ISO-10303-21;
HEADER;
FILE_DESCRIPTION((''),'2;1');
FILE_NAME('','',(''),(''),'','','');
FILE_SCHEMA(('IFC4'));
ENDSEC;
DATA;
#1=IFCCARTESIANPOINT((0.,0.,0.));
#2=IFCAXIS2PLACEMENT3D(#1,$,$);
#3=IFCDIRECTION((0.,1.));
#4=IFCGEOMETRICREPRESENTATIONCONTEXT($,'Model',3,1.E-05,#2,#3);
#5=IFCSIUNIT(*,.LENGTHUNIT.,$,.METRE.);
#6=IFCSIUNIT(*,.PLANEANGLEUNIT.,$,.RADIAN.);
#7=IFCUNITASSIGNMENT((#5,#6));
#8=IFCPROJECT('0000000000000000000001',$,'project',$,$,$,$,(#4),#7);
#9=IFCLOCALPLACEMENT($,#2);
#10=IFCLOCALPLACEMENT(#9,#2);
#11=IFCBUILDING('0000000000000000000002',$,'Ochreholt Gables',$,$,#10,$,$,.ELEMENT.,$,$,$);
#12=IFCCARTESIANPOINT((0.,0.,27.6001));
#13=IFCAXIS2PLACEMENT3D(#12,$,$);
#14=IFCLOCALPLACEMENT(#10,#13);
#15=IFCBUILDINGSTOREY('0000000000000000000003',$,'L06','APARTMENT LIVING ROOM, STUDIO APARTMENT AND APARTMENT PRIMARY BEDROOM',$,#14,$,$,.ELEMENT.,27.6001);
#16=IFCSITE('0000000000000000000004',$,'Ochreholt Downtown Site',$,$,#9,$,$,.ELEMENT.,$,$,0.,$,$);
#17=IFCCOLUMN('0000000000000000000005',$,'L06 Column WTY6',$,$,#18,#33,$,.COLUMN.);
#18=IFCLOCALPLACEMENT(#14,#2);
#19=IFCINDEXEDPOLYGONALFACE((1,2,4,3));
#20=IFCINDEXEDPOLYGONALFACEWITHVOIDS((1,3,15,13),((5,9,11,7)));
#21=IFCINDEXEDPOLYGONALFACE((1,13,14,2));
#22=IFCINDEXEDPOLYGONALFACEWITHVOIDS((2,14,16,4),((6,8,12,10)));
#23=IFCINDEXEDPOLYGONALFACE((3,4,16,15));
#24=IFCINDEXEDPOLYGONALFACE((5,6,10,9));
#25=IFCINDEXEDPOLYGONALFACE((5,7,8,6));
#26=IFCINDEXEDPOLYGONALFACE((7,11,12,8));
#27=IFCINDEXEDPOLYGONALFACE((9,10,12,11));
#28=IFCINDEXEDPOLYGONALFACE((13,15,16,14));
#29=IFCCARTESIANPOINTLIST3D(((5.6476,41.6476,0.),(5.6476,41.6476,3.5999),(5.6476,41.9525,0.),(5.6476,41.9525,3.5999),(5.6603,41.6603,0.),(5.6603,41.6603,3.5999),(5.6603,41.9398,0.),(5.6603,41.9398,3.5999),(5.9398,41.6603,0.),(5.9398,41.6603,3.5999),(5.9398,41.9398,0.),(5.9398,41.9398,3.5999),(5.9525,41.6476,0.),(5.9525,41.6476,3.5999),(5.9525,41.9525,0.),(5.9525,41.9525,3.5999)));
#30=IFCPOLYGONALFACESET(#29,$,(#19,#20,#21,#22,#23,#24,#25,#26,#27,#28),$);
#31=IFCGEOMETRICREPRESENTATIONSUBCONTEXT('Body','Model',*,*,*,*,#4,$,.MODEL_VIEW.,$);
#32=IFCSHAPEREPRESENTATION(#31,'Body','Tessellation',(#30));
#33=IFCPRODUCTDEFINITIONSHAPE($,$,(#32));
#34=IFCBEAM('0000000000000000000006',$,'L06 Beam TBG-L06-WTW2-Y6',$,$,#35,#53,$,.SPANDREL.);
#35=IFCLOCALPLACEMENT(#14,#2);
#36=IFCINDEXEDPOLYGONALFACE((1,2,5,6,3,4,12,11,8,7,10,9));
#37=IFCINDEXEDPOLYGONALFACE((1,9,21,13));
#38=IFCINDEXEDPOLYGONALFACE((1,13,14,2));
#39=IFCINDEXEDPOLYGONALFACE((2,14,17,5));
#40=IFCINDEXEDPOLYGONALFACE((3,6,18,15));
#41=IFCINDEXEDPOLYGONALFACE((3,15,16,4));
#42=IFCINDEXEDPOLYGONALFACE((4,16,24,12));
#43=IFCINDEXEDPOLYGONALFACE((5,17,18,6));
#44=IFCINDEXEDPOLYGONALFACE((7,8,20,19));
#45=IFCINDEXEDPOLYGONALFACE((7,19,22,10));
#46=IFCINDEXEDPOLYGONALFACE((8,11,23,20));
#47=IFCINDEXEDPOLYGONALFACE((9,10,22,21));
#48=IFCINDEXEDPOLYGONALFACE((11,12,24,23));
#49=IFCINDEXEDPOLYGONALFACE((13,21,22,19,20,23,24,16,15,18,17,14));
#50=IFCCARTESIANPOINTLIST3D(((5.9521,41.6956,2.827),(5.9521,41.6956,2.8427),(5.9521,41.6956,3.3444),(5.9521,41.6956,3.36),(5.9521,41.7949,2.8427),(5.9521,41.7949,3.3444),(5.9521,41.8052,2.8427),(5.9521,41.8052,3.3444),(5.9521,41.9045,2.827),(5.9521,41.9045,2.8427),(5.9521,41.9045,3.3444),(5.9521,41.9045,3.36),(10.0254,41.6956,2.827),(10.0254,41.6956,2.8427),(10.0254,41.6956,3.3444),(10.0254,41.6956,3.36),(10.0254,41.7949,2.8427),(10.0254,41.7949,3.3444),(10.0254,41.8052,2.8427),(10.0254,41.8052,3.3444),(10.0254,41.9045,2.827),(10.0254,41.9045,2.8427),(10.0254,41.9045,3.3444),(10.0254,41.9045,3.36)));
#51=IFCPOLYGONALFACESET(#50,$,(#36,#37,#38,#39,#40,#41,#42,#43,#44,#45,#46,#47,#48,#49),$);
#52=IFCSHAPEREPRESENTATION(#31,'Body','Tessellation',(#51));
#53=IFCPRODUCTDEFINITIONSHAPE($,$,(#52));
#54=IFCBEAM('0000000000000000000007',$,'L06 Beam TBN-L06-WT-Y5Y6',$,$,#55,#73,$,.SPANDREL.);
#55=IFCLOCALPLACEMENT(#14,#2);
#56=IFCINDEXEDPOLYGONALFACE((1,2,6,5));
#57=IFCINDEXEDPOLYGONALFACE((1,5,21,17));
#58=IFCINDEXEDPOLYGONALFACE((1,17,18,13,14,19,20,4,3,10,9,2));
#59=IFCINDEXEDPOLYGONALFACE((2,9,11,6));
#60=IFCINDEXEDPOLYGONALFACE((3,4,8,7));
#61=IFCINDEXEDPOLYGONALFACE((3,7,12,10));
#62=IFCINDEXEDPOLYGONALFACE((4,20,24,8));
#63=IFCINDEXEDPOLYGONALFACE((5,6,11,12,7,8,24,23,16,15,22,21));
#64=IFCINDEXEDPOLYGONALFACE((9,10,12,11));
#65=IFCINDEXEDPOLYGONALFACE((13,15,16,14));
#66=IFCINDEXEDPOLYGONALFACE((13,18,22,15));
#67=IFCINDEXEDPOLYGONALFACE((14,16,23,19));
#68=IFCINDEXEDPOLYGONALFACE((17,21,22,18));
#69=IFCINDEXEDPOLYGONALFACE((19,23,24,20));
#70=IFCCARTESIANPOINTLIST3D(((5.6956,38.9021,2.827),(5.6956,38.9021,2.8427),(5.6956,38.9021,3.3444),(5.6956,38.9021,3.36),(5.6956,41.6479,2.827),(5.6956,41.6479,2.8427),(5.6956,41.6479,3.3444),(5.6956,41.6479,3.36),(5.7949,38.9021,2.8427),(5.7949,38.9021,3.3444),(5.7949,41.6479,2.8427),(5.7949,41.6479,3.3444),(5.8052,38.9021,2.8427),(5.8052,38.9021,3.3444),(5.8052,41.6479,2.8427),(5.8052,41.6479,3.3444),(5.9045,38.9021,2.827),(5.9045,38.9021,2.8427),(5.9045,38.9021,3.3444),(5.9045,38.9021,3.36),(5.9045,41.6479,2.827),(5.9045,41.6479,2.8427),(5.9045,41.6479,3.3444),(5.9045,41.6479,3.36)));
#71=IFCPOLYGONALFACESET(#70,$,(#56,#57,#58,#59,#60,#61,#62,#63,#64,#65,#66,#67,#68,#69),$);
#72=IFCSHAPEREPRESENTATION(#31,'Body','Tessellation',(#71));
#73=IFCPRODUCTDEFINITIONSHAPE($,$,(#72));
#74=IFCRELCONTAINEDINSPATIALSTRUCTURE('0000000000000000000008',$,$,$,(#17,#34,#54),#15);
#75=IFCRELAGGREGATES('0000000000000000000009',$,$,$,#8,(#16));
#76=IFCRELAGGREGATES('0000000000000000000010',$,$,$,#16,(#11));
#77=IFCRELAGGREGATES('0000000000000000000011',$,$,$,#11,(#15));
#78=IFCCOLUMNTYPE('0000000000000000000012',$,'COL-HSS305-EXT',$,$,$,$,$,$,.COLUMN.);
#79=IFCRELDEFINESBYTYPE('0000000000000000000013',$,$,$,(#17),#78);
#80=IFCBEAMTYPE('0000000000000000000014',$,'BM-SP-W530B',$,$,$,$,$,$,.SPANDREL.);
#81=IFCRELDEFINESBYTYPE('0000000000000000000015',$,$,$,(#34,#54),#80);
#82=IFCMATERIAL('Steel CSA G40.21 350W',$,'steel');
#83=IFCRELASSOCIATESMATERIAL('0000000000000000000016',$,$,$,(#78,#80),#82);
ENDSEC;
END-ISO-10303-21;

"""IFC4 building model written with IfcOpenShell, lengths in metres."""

from ifc_helpers import new_model, si_unit, direction, frame, origin, origin_2d, place, context, subcontext, project, spatial, hollow_rectangle, i_section, extrude, material, material_profile, profile_set, type_object, element, save


model = new_model("IFC4")

# Units and contexts
model_context = context("Model", 3, precision=1e-05, world=origin(), true_north=direction((0.0, 1.0)))
body_context = subcontext(model_context, "Body", "Model", "MODEL_VIEW")
ifc_project = project(units=[si_unit("LENGTHUNIT", "METRE"), si_unit("PLANEANGLEUNIT", "RADIAN")], contexts=[model_context])

# Site, building, storey
site_placement = place(None, origin())
site = spatial("IfcSite", under=ifc_project, at=site_placement, Name="Ochreholt Downtown Site", CompositionType="ELEMENT", RefElevation=0.0)
building_placement = place(site_placement, origin())
building = spatial("IfcBuilding", under=site, at=building_placement, Name="Ochreholt Gables", CompositionType="ELEMENT")
storey_placement = place(building_placement, frame((0.0, 0.0, 27.6001)))
storey = spatial("IfcBuildingStorey", under=building, at=storey_placement, Name="L06", Description="APARTMENT LIVING ROOM, STUDIO APARTMENT AND APARTMENT PRIMARY BEDROOM", CompositionType="ELEMENT", Elevation=27.6001)

# Column
ifc_material_1 = material(Name="Steel CSA G40.21 350W", Category="steel")
ifc_material_profile_1 = material_profile(ifc_material_1, hollow_rectangle(XDim=0.3049, YDim=0.3049, WallThickness=0.0127, at=origin_2d()), Name="HSS305X305X13")
ifc_profile_set_1 = profile_set([ifc_material_profile_1], Name="Steel CSA G40.21 350W")
column_type = type_object("IfcColumnType", Name="COL-HSS305-EXT", PredefinedType="COLUMN", material=ifc_profile_set_1)
column_placement = place(storey_placement, frame((5.8, 41.8, 0.0), z_axis=(0.0, 0.0, 1.0), x_axis=(1.0, 0.0, 0.0)))
element("IfcColumn", 1, at=column_placement, inside=storey, type_object=column_type, Name="L06 Column WTY6", PredefinedType="COLUMN", context=body_context, shape_type="SweptSolid", body=[
    extrude(hollow_rectangle(XDim=0.3049, YDim=0.3049, WallThickness=0.0127, at=origin_2d()), origin(), (0.0, 0.0, 1.0), 3.5999),
])

# Beams
ifc_material_profile_2 = material_profile(ifc_material_1, i_section(OverallWidth=0.209, OverallDepth=0.533, WebThickness=0.0103, FlangeThickness=0.0156, at=origin_2d()), Name="W530X92")
ifc_profile_set_2 = profile_set([ifc_material_profile_2], Name="Steel CSA G40.21 350W")
beam_type = type_object("IfcBeamType", Name="BM-SP-W530B", PredefinedType="SPANDREL", material=ifc_profile_set_2)
beam_1_placement = place(storey_placement, frame((5.9521, 41.8, 3.0935), z_axis=(1.0, 0.0, 0.0), x_axis=(0.0, 1.0, 0.0)))
element("IfcBeam", 2, at=beam_1_placement, inside=storey, type_object=beam_type, Name="L06 Beam TBG-L06-WTW2-Y6", PredefinedType="SPANDREL", context=body_context, shape_type="SweptSolid", body=[
    extrude(i_section(OverallWidth=0.209, OverallDepth=0.533, WebThickness=0.0103, FlangeThickness=0.0156, at=origin_2d()), origin(), (0.0, 0.0, 1.0), 4.0732),
])
beam_2_placement = place(storey_placement, frame((5.8, 38.9021, 3.0935), z_axis=(0.0, 1.0, 0.0), x_axis=(-1.0, 0.0, 0.0)))
element("IfcBeam", 3, at=beam_2_placement, inside=storey, type_object=beam_type, Name="L06 Beam TBN-L06-WT-Y5Y6", PredefinedType="SPANDREL", context=body_context, shape_type="SweptSolid", body=[
    extrude(i_section(OverallWidth=0.209, OverallDepth=0.533, WebThickness=0.0103, FlangeThickness=0.0156, at=origin_2d()), origin(), (0.0, 0.0, 1.0), 2.7458),
])

save(model, "model.ifc")
